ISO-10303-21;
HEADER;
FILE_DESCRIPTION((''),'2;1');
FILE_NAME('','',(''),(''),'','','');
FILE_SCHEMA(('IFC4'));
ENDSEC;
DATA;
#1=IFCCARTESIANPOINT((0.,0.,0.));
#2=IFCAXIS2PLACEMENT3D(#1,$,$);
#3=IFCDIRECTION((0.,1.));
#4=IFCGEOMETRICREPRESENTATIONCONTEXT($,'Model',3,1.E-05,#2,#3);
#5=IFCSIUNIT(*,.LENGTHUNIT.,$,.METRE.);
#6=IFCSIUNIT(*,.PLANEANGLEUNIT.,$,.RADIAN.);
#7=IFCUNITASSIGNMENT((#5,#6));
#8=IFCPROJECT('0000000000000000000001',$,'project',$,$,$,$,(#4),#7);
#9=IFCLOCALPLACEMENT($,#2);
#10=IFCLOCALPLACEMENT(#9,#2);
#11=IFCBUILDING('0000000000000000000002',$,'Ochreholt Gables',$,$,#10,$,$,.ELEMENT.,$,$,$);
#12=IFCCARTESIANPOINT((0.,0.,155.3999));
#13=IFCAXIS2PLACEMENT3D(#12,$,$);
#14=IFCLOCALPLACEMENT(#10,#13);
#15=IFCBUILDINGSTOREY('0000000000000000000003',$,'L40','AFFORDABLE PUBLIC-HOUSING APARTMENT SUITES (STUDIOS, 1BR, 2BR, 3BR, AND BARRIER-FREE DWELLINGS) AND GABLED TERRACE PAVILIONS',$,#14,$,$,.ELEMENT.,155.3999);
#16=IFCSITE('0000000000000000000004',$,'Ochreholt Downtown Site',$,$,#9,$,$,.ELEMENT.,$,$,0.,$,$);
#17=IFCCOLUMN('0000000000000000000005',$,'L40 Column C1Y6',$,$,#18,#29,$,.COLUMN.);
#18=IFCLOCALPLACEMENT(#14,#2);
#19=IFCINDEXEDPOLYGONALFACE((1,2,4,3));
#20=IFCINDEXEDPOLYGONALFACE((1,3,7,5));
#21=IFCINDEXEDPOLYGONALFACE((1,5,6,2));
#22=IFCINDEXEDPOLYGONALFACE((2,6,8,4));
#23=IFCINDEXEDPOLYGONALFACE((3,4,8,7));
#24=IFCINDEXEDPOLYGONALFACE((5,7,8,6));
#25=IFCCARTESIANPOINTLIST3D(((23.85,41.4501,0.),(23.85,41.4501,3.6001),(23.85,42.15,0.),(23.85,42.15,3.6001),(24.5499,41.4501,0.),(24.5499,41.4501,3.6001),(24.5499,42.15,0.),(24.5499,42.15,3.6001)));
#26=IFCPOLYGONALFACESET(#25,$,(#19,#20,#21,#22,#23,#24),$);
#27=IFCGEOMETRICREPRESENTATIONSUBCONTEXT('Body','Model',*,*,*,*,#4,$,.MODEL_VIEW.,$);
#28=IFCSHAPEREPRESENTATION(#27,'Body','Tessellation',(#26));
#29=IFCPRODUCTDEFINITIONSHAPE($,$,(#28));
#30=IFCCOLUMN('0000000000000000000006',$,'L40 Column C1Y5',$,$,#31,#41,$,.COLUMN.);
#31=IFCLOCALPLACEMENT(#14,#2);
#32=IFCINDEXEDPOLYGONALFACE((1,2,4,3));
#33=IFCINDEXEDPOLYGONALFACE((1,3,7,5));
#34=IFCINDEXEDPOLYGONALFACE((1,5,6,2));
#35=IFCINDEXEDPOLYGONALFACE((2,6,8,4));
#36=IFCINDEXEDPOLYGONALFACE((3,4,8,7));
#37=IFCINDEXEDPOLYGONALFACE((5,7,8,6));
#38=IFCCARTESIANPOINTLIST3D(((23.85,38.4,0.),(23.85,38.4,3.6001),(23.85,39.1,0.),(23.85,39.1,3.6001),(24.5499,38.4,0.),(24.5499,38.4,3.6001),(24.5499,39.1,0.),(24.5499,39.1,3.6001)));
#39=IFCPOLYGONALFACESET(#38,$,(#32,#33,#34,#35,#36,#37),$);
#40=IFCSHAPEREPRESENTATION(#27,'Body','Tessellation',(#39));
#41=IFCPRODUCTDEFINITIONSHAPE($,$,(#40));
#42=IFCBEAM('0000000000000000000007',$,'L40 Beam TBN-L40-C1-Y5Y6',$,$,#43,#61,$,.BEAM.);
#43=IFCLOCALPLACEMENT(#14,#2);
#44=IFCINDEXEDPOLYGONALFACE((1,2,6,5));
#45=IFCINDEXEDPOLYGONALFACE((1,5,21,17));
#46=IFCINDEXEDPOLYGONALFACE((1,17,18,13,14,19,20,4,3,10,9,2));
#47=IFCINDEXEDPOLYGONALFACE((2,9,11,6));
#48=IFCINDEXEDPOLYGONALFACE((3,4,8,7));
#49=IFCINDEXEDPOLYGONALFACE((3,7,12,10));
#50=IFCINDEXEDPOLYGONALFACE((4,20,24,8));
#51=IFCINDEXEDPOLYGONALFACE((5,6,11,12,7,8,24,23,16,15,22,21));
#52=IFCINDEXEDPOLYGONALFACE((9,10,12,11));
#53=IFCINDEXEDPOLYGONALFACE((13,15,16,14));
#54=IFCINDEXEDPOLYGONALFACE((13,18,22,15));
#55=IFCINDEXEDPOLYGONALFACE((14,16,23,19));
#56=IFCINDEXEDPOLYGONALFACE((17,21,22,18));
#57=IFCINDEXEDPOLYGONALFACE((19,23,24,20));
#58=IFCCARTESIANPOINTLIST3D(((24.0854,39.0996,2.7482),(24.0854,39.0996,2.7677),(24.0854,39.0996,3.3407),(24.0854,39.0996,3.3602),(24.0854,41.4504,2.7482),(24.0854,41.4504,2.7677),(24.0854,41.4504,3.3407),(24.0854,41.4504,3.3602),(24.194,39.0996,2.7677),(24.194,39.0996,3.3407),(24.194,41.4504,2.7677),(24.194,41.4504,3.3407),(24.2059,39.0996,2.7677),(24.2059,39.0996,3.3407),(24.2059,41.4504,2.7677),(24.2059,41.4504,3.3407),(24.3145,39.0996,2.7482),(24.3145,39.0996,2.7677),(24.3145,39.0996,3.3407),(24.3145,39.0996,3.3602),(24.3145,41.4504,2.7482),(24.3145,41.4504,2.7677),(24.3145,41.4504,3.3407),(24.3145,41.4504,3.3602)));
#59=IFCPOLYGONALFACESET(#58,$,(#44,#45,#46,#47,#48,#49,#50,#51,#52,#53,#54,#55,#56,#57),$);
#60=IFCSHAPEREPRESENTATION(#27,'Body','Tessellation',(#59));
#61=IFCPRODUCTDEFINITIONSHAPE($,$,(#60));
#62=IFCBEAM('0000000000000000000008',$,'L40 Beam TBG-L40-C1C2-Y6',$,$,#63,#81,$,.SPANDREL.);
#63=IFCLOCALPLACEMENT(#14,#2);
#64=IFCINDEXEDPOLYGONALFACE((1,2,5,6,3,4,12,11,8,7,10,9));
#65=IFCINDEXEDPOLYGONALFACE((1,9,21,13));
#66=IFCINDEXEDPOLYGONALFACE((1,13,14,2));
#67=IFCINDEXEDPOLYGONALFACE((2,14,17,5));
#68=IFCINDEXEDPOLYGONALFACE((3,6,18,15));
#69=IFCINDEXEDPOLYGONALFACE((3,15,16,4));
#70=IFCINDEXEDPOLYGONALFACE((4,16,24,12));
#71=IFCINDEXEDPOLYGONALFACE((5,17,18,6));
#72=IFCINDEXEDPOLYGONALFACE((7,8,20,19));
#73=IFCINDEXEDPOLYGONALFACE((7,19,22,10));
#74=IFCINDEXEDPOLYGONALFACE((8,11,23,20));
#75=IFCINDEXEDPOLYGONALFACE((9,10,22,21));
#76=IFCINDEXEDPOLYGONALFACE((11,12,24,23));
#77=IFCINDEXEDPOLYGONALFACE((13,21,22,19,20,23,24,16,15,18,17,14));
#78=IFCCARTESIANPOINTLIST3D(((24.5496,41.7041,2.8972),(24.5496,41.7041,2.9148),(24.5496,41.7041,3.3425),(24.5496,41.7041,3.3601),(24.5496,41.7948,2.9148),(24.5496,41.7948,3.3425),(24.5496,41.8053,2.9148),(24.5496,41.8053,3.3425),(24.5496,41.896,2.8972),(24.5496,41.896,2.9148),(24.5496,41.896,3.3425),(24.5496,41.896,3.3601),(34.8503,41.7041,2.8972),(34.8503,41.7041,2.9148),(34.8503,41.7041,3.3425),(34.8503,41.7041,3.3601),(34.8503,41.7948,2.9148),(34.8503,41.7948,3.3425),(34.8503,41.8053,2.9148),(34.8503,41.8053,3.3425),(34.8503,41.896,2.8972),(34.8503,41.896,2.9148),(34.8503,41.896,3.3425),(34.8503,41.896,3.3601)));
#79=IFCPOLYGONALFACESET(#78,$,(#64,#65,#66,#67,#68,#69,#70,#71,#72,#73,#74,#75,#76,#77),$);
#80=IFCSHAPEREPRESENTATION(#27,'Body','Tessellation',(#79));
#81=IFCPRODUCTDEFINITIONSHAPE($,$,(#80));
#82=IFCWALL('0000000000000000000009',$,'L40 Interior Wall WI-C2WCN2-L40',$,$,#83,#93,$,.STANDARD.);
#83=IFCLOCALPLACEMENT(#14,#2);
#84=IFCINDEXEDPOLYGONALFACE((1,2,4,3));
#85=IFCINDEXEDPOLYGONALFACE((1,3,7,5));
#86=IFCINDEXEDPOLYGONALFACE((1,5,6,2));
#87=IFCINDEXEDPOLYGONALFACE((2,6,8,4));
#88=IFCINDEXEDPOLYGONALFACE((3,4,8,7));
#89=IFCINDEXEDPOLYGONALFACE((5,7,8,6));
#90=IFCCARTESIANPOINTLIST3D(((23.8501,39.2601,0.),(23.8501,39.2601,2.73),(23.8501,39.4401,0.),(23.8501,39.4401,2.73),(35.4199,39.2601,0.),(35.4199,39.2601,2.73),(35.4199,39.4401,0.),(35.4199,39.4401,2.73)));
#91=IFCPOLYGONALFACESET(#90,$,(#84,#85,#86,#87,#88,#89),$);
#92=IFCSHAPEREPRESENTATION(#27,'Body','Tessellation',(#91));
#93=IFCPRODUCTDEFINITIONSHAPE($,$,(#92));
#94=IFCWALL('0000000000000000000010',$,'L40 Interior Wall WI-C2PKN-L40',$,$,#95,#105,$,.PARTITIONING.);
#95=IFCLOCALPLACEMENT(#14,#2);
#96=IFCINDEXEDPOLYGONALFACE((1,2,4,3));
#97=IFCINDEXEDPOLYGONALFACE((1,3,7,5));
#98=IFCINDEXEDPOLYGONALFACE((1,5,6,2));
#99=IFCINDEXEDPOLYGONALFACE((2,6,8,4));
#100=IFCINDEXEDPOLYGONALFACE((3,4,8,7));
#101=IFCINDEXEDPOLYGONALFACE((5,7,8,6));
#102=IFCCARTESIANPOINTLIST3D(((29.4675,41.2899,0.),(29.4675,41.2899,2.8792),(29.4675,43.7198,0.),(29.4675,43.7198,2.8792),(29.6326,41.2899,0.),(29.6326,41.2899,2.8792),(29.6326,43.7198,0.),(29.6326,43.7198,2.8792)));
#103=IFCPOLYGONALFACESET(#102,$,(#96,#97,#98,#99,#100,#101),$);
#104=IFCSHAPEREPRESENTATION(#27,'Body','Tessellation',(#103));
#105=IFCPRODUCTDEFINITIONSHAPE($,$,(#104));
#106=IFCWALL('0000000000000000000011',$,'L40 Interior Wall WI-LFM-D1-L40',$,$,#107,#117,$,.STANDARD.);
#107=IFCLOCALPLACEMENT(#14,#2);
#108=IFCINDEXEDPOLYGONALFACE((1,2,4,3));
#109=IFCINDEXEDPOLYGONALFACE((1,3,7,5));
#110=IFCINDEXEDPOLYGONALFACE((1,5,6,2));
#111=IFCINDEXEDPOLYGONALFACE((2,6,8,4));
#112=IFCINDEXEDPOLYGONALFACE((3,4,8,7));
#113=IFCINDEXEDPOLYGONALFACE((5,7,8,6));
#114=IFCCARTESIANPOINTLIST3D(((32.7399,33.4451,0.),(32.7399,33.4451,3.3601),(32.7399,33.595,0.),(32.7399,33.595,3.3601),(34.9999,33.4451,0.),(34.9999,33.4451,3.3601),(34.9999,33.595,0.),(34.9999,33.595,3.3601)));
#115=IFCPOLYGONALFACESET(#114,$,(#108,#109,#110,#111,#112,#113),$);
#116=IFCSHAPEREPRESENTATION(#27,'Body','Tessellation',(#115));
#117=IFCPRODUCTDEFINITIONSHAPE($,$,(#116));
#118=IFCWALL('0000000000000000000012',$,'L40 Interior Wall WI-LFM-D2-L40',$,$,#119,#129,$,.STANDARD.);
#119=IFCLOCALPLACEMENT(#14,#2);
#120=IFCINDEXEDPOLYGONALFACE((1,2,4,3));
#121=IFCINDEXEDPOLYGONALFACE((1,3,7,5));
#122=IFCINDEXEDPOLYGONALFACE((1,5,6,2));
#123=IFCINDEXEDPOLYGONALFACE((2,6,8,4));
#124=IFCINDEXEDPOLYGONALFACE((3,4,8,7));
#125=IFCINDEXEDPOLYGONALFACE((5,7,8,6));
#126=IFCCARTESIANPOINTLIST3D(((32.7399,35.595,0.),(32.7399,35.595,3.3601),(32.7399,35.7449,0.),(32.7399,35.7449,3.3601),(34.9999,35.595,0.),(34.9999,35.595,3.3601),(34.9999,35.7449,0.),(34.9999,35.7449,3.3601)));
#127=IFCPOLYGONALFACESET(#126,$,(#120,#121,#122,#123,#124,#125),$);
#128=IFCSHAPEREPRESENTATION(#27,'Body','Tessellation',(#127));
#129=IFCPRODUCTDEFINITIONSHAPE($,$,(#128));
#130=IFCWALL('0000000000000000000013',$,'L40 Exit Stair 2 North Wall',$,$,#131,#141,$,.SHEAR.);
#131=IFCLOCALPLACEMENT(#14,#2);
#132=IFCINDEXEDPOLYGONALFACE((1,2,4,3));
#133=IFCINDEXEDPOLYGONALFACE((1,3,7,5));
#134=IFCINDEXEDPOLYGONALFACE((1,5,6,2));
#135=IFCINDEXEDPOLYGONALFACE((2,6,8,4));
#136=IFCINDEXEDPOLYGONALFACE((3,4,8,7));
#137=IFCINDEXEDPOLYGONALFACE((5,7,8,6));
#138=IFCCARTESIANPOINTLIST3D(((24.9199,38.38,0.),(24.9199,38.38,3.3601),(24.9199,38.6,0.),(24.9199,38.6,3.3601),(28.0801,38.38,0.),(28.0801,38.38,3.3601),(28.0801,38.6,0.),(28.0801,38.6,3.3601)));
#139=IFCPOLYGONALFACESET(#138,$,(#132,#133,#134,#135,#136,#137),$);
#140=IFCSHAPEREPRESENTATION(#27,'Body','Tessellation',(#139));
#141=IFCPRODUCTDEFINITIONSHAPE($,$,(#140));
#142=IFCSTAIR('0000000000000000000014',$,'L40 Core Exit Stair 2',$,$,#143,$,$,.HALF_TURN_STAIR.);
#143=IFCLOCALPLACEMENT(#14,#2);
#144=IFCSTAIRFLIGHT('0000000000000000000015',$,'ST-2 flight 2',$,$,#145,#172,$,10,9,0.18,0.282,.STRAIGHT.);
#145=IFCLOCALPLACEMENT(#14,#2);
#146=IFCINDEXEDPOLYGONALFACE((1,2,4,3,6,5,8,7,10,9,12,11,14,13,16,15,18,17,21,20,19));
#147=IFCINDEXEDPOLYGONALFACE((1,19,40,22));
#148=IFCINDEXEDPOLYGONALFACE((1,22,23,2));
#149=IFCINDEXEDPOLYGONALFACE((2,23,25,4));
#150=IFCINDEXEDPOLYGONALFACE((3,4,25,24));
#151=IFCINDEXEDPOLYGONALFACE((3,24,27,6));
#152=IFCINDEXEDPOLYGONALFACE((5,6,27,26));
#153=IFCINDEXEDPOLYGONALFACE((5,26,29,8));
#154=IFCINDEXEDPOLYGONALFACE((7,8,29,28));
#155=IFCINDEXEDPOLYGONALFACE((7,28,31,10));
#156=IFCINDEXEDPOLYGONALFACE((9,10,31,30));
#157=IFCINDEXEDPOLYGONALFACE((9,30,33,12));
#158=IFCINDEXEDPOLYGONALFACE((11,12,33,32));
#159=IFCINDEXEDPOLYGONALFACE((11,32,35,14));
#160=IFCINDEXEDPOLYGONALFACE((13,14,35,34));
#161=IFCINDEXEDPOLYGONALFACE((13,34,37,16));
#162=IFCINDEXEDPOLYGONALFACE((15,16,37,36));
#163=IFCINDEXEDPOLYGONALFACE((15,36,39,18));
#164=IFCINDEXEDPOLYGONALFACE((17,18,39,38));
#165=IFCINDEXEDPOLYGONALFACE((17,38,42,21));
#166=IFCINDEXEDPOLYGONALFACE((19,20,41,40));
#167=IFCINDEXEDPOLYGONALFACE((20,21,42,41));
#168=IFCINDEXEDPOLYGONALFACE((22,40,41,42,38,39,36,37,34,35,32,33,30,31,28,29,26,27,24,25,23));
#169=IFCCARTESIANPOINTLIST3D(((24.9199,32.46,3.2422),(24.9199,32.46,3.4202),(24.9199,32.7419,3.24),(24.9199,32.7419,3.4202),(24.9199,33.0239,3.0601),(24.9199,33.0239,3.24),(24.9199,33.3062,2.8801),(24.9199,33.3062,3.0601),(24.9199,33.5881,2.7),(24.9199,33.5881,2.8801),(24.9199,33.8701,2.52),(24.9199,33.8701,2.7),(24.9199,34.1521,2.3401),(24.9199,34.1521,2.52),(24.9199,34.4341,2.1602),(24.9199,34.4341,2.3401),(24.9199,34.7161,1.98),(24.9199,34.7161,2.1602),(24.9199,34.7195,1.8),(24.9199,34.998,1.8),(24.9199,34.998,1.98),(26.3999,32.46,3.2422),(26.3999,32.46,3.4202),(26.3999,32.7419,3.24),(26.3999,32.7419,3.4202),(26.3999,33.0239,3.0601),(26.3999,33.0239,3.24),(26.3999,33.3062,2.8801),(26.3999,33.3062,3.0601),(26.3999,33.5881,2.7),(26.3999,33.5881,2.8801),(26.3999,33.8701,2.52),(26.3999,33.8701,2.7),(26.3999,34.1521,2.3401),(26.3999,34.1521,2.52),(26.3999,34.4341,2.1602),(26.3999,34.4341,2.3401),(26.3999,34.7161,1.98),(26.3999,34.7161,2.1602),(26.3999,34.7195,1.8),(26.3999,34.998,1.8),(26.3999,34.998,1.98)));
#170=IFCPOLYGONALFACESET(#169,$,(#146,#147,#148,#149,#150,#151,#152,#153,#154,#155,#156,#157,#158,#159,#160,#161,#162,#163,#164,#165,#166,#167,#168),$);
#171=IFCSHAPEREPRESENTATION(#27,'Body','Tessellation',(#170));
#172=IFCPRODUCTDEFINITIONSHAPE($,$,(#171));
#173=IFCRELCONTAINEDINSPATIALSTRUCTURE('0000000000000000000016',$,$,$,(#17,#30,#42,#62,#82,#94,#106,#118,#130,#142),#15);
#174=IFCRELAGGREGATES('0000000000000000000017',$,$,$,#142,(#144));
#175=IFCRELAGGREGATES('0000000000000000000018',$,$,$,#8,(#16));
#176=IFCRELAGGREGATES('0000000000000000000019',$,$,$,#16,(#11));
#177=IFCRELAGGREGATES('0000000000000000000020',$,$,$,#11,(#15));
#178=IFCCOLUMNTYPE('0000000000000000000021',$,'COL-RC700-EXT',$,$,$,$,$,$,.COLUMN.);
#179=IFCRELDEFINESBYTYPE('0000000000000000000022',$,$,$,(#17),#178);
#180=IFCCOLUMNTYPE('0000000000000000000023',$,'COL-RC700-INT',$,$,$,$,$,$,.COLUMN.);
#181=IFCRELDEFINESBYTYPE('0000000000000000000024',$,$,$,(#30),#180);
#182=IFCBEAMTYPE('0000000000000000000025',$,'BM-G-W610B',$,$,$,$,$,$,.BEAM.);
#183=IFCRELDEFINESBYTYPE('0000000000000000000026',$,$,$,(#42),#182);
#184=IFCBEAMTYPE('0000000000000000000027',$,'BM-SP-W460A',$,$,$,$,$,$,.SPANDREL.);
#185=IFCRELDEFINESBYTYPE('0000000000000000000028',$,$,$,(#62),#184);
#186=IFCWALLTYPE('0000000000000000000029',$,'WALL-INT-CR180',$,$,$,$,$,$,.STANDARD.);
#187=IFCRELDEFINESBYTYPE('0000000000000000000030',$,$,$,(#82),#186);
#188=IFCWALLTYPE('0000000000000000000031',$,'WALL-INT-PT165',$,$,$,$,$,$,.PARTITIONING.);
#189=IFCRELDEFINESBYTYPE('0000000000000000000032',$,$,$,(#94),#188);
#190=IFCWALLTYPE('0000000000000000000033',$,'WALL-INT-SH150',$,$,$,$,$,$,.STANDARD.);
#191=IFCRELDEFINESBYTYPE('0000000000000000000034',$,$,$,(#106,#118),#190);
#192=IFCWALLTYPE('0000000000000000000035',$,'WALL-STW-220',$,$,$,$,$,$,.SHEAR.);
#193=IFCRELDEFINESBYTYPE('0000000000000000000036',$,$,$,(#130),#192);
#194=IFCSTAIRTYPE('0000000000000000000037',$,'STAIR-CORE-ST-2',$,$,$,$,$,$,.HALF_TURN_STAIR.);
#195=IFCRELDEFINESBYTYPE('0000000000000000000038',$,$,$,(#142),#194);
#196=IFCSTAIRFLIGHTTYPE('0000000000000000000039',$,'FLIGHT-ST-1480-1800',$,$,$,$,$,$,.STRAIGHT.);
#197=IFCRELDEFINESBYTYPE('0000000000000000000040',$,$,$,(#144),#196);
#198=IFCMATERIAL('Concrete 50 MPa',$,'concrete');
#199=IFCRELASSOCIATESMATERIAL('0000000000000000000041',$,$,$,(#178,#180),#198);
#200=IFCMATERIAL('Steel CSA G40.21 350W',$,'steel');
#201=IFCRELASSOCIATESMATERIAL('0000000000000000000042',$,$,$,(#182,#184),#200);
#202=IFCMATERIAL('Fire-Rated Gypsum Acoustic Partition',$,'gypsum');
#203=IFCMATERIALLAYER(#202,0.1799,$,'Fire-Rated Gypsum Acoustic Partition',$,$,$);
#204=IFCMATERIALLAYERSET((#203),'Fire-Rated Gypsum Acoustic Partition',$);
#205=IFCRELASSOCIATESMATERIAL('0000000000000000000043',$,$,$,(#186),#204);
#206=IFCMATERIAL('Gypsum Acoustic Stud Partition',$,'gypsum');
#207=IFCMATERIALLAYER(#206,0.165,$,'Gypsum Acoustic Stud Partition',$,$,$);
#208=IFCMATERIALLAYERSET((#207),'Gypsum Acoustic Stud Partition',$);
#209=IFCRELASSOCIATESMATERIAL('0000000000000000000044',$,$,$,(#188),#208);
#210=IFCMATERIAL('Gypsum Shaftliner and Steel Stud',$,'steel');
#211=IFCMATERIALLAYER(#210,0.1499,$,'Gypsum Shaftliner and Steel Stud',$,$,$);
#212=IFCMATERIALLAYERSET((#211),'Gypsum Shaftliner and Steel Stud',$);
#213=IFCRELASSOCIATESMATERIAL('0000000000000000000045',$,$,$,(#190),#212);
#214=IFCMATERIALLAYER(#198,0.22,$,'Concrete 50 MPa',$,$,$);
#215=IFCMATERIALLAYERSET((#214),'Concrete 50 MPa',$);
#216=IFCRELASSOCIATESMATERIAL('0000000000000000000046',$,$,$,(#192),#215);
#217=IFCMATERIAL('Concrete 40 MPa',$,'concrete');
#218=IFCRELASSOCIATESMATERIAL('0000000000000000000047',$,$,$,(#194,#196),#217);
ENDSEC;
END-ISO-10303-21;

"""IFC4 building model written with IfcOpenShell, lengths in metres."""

from ifc_helpers import new_model, si_unit, direction, frame, frame_2d, origin, origin_2d, place, context, subcontext, project, spatial, polyline, rectangle, i_section, outline, extrude, material, layer, layer_set, material_profile, profile_set, type_object, element, aggregate, save


model = new_model("IFC4")

# Units and contexts
model_context = context("Model", 3, precision=1e-05, world=origin(), true_north=direction((0.0, 1.0)))
body_context = subcontext(model_context, "Body", "Model", "MODEL_VIEW")
ifc_project = project(units=[si_unit("LENGTHUNIT", "METRE"), si_unit("PLANEANGLEUNIT", "RADIAN")], contexts=[model_context])

# Site, building, storey
site_placement = place(None, origin())
site = spatial("IfcSite", under=ifc_project, at=site_placement, Name="Ochreholt Downtown Site", CompositionType="ELEMENT", RefElevation=0.0)
building_placement = place(site_placement, origin())
building = spatial("IfcBuilding", under=site, at=building_placement, Name="Ochreholt Gables", CompositionType="ELEMENT")
storey_placement = place(building_placement, frame((0.0, 0.0, 155.3999)))
storey = spatial("IfcBuildingStorey", under=building, at=storey_placement, Name="L40", Description="AFFORDABLE PUBLIC-HOUSING APARTMENT SUITES (STUDIOS, 1BR, 2BR, 3BR, AND BARRIER-FREE DWELLINGS) AND GABLED TERRACE PAVILIONS", CompositionType="ELEMENT", Elevation=155.3999)

# Columns
ifc_material_1 = material(Name="Concrete 50 MPa", Category="concrete")
ifc_material_profile_1 = material_profile(ifc_material_1, rectangle(XDim=0.7, YDim=0.7, at=origin_2d()), Name="RC700X700")
ifc_profile_set_1 = profile_set([ifc_material_profile_1], Name="Concrete 50 MPa")
column_type_1 = type_object("IfcColumnType", Name="COL-RC700-EXT", PredefinedType="COLUMN", material=ifc_profile_set_1)
column_1_placement = place(storey_placement, frame((24.2, 41.8, 0.0), z_axis=(0.0, 0.0, 1.0), x_axis=(1.0, 0.0, 0.0)))
element("IfcColumn", 1, at=column_1_placement, inside=storey, type_object=column_type_1, Name="L40 Column C1Y6", PredefinedType="COLUMN", context=body_context, shape_type="SweptSolid", body=[
    extrude(rectangle(XDim=0.7, YDim=0.7, at=origin_2d()), origin(), (0.0, 0.0, 1.0), 3.6001),
])
ifc_material_profile_2 = material_profile(ifc_material_1, rectangle(XDim=0.7, YDim=0.7, at=origin_2d()), Name="RC700X700")
ifc_profile_set_2 = profile_set([ifc_material_profile_2], Name="Concrete 50 MPa")
column_type_2 = type_object("IfcColumnType", Name="COL-RC700-INT", PredefinedType="COLUMN", material=ifc_profile_set_2)
column_2_placement = place(storey_placement, frame((24.2, 38.75, 0.0), z_axis=(0.0, 0.0, 1.0), x_axis=(1.0, 0.0, 0.0)))
element("IfcColumn", 2, at=column_2_placement, inside=storey, type_object=column_type_2, Name="L40 Column C1Y5", PredefinedType="COLUMN", context=body_context, shape_type="SweptSolid", body=[
    extrude(rectangle(XDim=0.7, YDim=0.7, at=origin_2d()), origin(), (0.0, 0.0, 1.0), 3.6001),
])

# Beams
ifc_material_2 = material(Name="Steel CSA G40.21 350W", Category="steel")
ifc_material_profile_3 = material_profile(ifc_material_2, i_section(OverallWidth=0.229, OverallDepth=0.6121, WebThickness=0.012, FlangeThickness=0.0195, at=origin_2d()), Name="W610X125")
ifc_profile_set_3 = profile_set([ifc_material_profile_3], Name="Steel CSA G40.21 350W")
beam_type_1 = type_object("IfcBeamType", Name="BM-G-W610B", PredefinedType="BEAM", material=ifc_profile_set_3)
beam_1_placement = place(storey_placement, frame((24.2, 39.0996, 3.0542), z_axis=(0.0, 1.0, 0.0), x_axis=(-1.0, 0.0, 0.0)))
element("IfcBeam", 3, at=beam_1_placement, inside=storey, type_object=beam_type_1, Name="L40 Beam TBN-L40-C1-Y5Y6", PredefinedType="BEAM", context=body_context, shape_type="SweptSolid", body=[
    extrude(i_section(OverallWidth=0.229, OverallDepth=0.6121, WebThickness=0.012, FlangeThickness=0.0195, at=origin_2d()), origin(), (0.0, 0.0, 1.0), 2.3508),
])
ifc_material_profile_4 = material_profile(ifc_material_2, i_section(OverallWidth=0.1919, OverallDepth=0.4629, WebThickness=0.0105, FlangeThickness=0.0176, at=origin_2d()), Name="W460X89")
ifc_profile_set_4 = profile_set([ifc_material_profile_4], Name="Steel CSA G40.21 350W")
beam_type_2 = type_object("IfcBeamType", Name="BM-SP-W460A", PredefinedType="SPANDREL", material=ifc_profile_set_4)
beam_2_placement = place(storey_placement, frame((24.5496, 41.8, 3.1287), z_axis=(1.0, 0.0, 0.0), x_axis=(0.0, 1.0, 0.0)))
element("IfcBeam", 4, at=beam_2_placement, inside=storey, type_object=beam_type_2, Name="L40 Beam TBG-L40-C1C2-Y6", PredefinedType="SPANDREL", context=body_context, shape_type="SweptSolid", body=[
    extrude(i_section(OverallWidth=0.1919, OverallDepth=0.4629, WebThickness=0.0105, FlangeThickness=0.0176, at=origin_2d()), origin(), (0.0, 0.0, 1.0), 10.3008),
])

# Walls
ifc_material_3 = material(Name="Fire-Rated Gypsum Acoustic Partition", Category="gypsum")
ifc_layer_1 = layer(ifc_material_3, 0.1799, Name="Fire-Rated Gypsum Acoustic Partition")
ifc_layer_set_1 = layer_set([ifc_layer_1], Name="Fire-Rated Gypsum Acoustic Partition")
wall_type_1 = type_object("IfcWallType", Name="WALL-INT-CR180", PredefinedType="STANDARD", material=ifc_layer_set_1)
wall_1_placement = place(storey_placement, frame((23.8501, 39.3501, 0.0), z_axis=(0.0, 0.0, 1.0), x_axis=(1.0, 0.0, 0.0)))
element("IfcWall", 5, at=wall_1_placement, inside=storey, type_object=wall_type_1, Name="L40 Interior Wall WI-C2WCN2-L40", PredefinedType="STANDARD", context=body_context, shape_type="SweptSolid", body=[
    extrude(rectangle(XDim=11.5698, YDim=0.1799, at=frame_2d((5.7849, 0.0))), origin(), (0.0, 0.0, 1.0), 2.73),
])
ifc_material_4 = material(Name="Gypsum Acoustic Stud Partition", Category="gypsum")
ifc_layer_2 = layer(ifc_material_4, 0.165, Name="Gypsum Acoustic Stud Partition")
ifc_layer_set_2 = layer_set([ifc_layer_2], Name="Gypsum Acoustic Stud Partition")
wall_type_2 = type_object("IfcWallType", Name="WALL-INT-PT165", PredefinedType="PARTITIONING", material=ifc_layer_set_2)
wall_2_placement = place(storey_placement, frame((29.55, 41.29, 0.0), z_axis=(0.0, 0.0, 1.0), x_axis=(0.0, 1.0, 0.0)))
element("IfcWall", 6, at=wall_2_placement, inside=storey, type_object=wall_type_2, Name="L40 Interior Wall WI-C2PKN-L40", PredefinedType="PARTITIONING", context=body_context, shape_type="SweptSolid", body=[
    extrude(rectangle(XDim=2.4299, YDim=0.165, at=frame_2d((1.2148, 0.0))), origin(), (0.0, 0.0, 1.0), 2.8792),
])
ifc_material_5 = material(Name="Gypsum Shaftliner and Steel Stud", Category="steel")
ifc_layer_3 = layer(ifc_material_5, 0.1499, Name="Gypsum Shaftliner and Steel Stud")
ifc_layer_set_3 = layer_set([ifc_layer_3], Name="Gypsum Shaftliner and Steel Stud")
wall_type_3 = type_object("IfcWallType", Name="WALL-INT-SH150", PredefinedType="STANDARD", material=ifc_layer_set_3)
for number, where, z_axis, x_axis, name in (
    (7, (32.74, 33.52, 0.0), (0.0, 0.0, 1.0), (1.0, 0.0, 0.0), "L40 Interior Wall WI-LFM-D1-L40"),
    (8, (32.74, 35.6699, 0.0), (0.0, 0.0, 1.0), (1.0, 0.0, 0.0), "L40 Interior Wall WI-LFM-D2-L40"),
):
    element("IfcWall", number, at=place(storey_placement, frame(where, z_axis=z_axis, x_axis=x_axis)), inside=storey, type_object=wall_type_3, Name=name, PredefinedType="STANDARD", context=body_context, shape_type="SweptSolid", body=[
        extrude(rectangle(XDim=2.26, YDim=0.1499, at=frame_2d((1.1299, 0.0))), origin(), (0.0, 0.0, 1.0), 3.3601),
    ])
ifc_layer_4 = layer(ifc_material_1, 0.22, Name="Concrete 50 MPa")
ifc_layer_set_4 = layer_set([ifc_layer_4], Name="Concrete 50 MPa")
wall_type_4 = type_object("IfcWallType", Name="WALL-STW-220", PredefinedType="SHEAR", material=ifc_layer_set_4)
wall_3_placement = place(storey_placement, frame((24.9199, 38.49, 0.0), z_axis=(0.0, 0.0, 1.0), x_axis=(1.0, 0.0, 0.0)))
element("IfcWall", 9, at=wall_3_placement, inside=storey, type_object=wall_type_4, Name="L40 Exit Stair 2 North Wall", PredefinedType="SHEAR", context=body_context, shape_type="SweptSolid", body=[
    extrude(rectangle(XDim=3.1602, YDim=0.22, at=frame_2d((1.5801, 0.0))), origin(), (0.0, 0.0, 1.0), 3.3601),
])

# Stair, stair flight
ifc_material_6 = material(Name="Concrete 40 MPa", Category="concrete")
stair_type = type_object("IfcStairType", Name="STAIR-CORE-ST-2", PredefinedType="HALF_TURN_STAIR", material=ifc_material_6)
stair_placement = place(storey_placement, origin())
stair = element("IfcStair", 10, at=stair_placement, inside=storey, type_object=stair_type, Name="L40 Core Exit Stair 2", PredefinedType="HALF_TURN_STAIR")
stair_flight_type = type_object("IfcStairFlightType", Name="FLIGHT-ST-1480-1800", PredefinedType="STRAIGHT", material=ifc_material_6)
stair_flight_placement = place(storey_placement, frame((25.6599, 34.998, 1.8), z_axis=(0.0, 0.0, 1.0), x_axis=(0.0, -1.0, 0.0)))
stair_flight = element("IfcStairFlight", 11, at=stair_flight_placement, type_object=stair_flight_type, Name="ST-2 flight 2", NumberOfRisers=10, NumberOfTreads=9, PredefinedType="STRAIGHT", RiserHeight=0.18, TreadLength=0.282, context=body_context, shape_type="SweptSolid", body=[
    extrude(outline(polyline([(0.0, 0.0), (0.0, 0.1799), (0.282, 0.1799), (0.282, 0.3601), (0.564, 0.3601), (0.564, 0.54), (0.8459, 0.54), (0.8459, 0.72), (1.1279, 0.72), (1.1279, 0.8999), (1.4099, 0.8999), (1.4099, 1.0801), (1.6919, 1.0801), (1.6919, 1.26), (1.9741, 1.26), (1.9741, 1.4399), (2.2561, 1.4399), (2.2561, 1.6201), (2.5381, 1.6201), (2.5381, 1.8), (2.5381, 1.4421), (0.2786, 0.0), (0.0, 0.0)])), frame((0.0, 0.74, 0.0), z_axis=(0.0, -1.0, 0.0), x_axis=(1.0, 0.0, 0.0)), (0.0, 0.0, 1.0), 1.48),
])
aggregate(stair, [stair_flight])

save(model, "model.ifc")
